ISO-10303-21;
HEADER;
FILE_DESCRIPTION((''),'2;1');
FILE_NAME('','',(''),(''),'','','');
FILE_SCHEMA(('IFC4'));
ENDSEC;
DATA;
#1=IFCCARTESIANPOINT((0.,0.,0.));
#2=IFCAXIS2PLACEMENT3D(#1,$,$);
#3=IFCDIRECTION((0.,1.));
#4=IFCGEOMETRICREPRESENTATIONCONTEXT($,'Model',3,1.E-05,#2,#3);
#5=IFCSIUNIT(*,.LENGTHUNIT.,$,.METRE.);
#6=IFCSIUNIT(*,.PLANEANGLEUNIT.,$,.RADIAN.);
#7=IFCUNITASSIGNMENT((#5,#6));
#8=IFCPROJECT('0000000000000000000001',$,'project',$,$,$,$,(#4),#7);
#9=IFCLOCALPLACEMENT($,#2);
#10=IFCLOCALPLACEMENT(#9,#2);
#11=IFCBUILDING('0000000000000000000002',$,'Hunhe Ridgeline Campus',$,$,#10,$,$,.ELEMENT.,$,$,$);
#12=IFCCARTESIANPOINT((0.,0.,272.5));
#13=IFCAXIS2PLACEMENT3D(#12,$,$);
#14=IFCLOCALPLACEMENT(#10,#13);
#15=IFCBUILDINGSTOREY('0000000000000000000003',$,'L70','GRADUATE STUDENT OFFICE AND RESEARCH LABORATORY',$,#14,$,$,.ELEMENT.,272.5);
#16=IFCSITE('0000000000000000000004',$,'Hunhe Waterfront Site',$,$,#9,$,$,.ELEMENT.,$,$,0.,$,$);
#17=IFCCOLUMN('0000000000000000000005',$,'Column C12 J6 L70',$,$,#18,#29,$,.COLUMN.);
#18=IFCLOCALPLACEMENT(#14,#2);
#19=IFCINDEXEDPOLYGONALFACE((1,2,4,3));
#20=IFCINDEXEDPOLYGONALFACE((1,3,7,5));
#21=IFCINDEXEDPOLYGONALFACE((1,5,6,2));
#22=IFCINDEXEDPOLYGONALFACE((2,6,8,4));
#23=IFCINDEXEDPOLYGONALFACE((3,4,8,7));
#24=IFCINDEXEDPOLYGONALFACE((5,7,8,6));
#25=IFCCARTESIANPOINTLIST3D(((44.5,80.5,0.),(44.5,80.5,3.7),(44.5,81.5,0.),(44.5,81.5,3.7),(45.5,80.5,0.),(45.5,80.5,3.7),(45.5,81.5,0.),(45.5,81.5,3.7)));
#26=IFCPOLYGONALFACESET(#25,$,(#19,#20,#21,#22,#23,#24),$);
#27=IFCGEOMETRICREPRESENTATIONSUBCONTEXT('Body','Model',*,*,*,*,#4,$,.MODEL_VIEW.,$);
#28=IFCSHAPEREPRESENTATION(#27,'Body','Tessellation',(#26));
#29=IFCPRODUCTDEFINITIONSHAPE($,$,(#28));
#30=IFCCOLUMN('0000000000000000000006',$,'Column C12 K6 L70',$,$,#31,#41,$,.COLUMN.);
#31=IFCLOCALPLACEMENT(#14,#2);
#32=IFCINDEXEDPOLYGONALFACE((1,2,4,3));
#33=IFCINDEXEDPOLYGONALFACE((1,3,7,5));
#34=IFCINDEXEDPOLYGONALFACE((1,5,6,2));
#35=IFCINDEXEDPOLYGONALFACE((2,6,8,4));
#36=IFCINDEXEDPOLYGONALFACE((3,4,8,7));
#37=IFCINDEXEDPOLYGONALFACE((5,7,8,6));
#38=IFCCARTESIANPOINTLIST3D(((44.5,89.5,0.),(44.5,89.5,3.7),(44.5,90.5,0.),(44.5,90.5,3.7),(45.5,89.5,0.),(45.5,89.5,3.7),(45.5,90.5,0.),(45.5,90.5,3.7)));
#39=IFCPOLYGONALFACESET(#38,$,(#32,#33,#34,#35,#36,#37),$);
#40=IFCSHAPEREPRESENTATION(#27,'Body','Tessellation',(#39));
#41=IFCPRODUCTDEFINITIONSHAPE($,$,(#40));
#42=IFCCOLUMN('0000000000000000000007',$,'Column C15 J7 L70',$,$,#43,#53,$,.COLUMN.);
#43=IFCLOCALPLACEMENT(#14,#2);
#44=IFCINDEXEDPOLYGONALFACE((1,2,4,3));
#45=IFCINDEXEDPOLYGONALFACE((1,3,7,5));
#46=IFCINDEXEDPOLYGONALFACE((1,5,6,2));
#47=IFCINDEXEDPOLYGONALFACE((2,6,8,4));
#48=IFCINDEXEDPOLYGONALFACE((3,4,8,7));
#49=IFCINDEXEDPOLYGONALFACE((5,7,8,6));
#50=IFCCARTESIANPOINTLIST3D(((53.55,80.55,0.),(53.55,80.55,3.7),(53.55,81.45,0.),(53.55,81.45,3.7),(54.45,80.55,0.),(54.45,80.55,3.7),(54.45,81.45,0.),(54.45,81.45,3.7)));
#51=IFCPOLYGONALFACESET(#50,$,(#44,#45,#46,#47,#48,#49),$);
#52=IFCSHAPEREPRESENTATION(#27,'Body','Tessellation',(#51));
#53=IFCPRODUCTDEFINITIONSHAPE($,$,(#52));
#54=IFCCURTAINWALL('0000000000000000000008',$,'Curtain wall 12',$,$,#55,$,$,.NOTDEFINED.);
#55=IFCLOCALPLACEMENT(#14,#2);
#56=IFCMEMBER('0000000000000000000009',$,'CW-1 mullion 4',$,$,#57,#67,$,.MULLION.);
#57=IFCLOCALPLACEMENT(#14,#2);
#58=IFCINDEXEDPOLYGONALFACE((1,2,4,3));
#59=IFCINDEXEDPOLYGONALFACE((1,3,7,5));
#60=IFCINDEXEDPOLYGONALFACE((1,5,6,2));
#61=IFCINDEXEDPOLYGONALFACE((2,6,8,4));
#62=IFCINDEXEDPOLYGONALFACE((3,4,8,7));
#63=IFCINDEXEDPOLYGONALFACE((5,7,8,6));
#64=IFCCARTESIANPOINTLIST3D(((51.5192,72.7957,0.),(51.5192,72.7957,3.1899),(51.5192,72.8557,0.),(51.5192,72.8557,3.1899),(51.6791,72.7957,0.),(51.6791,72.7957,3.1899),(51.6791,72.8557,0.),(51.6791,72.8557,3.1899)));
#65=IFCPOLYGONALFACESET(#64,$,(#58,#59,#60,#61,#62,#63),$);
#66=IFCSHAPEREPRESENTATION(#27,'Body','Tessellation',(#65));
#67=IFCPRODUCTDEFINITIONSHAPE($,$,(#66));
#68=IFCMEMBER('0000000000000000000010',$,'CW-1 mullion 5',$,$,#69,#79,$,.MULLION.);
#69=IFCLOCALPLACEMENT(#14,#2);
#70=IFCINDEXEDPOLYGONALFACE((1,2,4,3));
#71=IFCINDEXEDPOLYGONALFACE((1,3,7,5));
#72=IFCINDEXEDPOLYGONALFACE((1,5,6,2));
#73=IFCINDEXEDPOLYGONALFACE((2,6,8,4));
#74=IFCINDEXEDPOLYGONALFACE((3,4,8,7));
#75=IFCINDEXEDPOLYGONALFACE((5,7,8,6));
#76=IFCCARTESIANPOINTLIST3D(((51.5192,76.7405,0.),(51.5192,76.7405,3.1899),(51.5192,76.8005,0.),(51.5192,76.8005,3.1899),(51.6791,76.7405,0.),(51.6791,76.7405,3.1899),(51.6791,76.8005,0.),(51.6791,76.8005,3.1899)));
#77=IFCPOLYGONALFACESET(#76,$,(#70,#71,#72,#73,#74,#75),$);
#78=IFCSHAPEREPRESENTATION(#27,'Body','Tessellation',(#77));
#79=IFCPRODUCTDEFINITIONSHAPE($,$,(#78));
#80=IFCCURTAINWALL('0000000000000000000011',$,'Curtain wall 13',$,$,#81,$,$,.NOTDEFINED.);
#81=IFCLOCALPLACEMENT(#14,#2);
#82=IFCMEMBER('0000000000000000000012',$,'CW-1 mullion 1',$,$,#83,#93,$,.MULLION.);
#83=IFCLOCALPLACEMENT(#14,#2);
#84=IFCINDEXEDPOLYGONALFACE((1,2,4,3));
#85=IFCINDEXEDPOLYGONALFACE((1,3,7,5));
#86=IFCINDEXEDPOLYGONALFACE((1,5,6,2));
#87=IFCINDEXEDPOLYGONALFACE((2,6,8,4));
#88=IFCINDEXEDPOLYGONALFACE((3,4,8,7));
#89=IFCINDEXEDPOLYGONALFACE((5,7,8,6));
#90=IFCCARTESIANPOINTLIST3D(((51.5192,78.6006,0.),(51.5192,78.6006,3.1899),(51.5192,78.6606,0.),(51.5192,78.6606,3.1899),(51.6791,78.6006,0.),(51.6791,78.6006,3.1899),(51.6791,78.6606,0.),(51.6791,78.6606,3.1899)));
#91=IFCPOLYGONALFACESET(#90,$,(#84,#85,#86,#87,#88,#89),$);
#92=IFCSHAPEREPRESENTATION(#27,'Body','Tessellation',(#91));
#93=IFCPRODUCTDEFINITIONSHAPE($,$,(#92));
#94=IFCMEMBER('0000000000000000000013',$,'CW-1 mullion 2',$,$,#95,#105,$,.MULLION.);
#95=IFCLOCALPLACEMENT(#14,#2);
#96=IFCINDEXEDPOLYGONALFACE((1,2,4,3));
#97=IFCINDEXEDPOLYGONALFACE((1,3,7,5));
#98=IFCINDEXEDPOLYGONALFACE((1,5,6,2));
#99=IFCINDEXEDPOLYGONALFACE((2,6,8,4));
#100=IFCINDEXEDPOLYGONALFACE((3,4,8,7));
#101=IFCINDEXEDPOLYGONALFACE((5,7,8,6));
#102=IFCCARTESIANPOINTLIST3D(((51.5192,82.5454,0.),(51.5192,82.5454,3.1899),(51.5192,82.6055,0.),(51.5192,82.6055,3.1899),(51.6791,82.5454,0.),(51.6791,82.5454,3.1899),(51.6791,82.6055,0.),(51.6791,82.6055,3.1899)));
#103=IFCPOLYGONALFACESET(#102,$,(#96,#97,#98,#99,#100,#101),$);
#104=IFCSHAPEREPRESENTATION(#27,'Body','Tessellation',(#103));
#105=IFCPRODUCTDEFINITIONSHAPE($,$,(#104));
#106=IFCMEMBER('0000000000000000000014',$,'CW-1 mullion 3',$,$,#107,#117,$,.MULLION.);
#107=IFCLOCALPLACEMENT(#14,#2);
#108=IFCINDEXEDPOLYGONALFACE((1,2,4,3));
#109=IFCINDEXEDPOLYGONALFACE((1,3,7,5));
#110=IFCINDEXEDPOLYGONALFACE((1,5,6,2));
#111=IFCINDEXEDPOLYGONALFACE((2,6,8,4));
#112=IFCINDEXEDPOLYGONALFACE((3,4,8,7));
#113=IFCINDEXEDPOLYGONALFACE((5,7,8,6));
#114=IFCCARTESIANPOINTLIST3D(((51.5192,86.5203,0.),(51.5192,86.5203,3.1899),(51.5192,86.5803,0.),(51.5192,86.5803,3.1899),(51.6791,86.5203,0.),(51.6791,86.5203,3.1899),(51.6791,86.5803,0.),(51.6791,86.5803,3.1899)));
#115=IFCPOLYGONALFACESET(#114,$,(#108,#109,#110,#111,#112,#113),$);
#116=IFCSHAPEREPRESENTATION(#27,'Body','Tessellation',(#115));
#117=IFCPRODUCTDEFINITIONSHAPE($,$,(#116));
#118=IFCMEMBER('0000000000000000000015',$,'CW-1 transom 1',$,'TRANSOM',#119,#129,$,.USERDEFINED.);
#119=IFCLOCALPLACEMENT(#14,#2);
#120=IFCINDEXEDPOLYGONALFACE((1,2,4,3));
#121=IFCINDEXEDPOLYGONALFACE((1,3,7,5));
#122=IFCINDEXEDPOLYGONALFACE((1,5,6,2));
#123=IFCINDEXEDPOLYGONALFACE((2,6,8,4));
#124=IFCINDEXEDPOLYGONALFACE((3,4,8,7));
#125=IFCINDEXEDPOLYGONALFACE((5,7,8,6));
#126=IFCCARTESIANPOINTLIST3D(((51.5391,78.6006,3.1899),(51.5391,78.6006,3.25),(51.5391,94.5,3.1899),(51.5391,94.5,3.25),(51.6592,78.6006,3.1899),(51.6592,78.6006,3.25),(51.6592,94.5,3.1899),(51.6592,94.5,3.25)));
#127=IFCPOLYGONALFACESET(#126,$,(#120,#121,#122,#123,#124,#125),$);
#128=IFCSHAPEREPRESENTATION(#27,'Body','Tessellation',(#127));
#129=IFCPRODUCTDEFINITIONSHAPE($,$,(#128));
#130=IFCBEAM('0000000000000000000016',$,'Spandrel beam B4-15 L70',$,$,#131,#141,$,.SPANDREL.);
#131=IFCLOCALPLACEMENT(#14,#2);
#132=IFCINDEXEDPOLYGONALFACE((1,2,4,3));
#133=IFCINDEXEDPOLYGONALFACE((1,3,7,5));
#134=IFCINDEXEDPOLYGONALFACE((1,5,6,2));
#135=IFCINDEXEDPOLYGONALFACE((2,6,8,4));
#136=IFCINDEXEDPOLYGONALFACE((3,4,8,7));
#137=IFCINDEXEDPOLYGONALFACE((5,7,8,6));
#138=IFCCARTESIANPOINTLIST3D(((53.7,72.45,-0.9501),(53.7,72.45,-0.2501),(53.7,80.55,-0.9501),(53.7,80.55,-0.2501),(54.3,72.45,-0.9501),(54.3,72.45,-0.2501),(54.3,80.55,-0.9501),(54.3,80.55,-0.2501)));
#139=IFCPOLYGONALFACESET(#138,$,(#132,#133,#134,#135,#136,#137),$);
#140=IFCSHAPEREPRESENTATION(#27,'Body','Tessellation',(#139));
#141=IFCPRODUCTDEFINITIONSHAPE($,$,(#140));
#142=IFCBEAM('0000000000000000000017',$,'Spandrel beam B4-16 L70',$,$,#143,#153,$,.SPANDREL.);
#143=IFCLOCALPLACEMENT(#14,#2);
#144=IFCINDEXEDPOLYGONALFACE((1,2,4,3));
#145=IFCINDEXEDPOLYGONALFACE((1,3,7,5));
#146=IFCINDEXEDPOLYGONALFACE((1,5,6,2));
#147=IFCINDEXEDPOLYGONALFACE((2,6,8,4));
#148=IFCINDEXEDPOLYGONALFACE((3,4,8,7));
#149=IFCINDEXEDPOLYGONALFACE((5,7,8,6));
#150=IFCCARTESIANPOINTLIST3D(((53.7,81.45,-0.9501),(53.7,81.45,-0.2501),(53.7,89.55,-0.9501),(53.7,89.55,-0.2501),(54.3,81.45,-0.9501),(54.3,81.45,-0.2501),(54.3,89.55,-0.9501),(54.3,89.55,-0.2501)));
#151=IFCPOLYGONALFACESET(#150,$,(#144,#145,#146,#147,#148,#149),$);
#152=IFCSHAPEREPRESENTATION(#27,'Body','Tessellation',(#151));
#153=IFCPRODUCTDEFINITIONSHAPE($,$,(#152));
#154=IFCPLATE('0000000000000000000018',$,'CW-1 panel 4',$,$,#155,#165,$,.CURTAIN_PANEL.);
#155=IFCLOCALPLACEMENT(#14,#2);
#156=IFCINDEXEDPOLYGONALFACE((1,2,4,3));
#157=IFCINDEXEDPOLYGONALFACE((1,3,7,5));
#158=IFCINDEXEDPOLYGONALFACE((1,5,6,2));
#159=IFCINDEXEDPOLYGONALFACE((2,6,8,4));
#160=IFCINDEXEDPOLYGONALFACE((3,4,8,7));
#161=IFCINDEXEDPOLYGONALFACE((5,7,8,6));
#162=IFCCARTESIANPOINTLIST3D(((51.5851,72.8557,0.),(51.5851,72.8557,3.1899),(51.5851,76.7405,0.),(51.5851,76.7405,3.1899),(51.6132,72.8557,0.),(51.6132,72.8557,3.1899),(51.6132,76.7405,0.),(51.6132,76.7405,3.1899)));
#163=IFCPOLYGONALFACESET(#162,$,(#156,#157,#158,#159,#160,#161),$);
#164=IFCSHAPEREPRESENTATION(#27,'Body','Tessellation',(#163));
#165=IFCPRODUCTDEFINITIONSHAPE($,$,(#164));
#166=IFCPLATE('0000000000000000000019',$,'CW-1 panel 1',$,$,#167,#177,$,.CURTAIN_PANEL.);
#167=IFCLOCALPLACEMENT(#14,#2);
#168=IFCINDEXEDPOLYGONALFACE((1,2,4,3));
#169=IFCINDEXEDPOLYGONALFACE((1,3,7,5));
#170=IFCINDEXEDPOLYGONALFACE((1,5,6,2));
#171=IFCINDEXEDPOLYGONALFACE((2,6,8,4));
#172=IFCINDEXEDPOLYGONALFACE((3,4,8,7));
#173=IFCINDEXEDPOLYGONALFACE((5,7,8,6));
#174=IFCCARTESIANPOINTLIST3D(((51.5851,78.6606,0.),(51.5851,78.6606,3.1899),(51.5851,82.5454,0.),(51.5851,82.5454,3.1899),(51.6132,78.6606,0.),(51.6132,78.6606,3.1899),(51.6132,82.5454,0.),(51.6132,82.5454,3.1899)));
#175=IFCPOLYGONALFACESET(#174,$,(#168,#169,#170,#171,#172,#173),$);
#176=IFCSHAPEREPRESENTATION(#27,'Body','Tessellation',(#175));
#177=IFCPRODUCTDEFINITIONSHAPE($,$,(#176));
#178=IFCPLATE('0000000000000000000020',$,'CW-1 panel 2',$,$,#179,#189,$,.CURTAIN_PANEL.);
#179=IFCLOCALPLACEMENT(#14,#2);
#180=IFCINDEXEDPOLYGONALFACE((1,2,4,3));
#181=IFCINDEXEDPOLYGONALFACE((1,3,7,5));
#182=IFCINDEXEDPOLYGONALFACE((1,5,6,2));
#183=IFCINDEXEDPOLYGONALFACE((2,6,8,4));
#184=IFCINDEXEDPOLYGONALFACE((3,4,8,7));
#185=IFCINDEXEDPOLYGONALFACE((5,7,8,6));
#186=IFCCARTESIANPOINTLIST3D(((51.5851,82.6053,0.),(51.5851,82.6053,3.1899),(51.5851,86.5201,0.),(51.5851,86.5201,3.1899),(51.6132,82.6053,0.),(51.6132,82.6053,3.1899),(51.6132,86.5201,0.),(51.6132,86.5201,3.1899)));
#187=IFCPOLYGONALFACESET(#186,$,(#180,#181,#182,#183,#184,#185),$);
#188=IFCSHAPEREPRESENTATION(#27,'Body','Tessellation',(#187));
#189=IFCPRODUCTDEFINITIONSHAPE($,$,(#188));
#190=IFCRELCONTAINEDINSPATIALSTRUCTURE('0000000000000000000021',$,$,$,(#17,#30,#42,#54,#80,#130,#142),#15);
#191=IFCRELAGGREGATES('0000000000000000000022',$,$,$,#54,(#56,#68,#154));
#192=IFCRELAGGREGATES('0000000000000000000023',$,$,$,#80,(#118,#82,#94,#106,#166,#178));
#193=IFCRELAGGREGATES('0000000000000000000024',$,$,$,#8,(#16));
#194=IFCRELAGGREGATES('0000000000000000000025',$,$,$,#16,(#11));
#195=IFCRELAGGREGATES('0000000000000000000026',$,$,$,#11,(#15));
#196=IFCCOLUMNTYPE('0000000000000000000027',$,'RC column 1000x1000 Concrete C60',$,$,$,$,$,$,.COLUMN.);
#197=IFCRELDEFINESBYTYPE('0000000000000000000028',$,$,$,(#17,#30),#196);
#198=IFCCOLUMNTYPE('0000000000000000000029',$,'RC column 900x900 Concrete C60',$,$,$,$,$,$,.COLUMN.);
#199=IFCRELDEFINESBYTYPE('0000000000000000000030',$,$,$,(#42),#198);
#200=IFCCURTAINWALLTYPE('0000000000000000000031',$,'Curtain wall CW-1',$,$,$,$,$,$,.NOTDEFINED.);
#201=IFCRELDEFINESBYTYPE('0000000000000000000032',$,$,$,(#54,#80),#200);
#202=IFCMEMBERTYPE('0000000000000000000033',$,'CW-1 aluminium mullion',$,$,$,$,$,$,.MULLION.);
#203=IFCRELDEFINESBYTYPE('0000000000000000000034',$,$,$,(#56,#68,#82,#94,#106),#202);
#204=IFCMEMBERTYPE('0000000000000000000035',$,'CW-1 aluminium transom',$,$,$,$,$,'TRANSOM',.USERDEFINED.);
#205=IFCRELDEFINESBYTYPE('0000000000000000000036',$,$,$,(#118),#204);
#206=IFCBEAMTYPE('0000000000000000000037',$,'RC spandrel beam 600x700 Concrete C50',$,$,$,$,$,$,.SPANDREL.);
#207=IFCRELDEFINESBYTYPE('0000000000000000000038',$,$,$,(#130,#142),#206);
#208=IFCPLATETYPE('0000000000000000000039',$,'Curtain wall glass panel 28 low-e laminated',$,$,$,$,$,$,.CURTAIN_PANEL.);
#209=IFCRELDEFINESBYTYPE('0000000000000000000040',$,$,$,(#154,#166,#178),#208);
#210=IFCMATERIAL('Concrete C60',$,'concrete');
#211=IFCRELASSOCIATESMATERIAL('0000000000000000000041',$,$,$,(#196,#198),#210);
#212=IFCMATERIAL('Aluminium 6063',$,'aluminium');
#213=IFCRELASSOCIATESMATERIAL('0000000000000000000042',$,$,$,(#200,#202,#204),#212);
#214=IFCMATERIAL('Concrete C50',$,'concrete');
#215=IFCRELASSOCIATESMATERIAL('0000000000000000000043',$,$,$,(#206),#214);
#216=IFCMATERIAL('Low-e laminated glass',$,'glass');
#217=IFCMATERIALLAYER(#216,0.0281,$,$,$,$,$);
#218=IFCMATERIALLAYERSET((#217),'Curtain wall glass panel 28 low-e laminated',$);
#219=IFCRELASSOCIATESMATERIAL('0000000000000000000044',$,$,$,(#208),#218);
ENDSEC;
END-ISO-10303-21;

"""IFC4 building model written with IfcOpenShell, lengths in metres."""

from ifc_helpers import new_model, si_unit, direction, frame, origin, origin_2d, place, context, subcontext, project, spatial, rectangle, extrude, material, layer, layer_set, material_profile, profile_set, type_object, element, aggregate, save


model = new_model("IFC4")

# Units and contexts
model_context = context("Model", 3, precision=1e-05, world=origin(), true_north=direction((0.0, 1.0)))
body_context = subcontext(model_context, "Body", "Model", "MODEL_VIEW")
ifc_project = project(units=[si_unit("LENGTHUNIT", "METRE"), si_unit("PLANEANGLEUNIT", "RADIAN")], contexts=[model_context])

# Site, building, storey
site_placement = place(None, origin())
site = spatial("IfcSite", under=ifc_project, at=site_placement, Name="Hunhe Waterfront Site", CompositionType="ELEMENT", RefElevation=0.0)
building_placement = place(site_placement, origin())
building = spatial("IfcBuilding", under=site, at=building_placement, Name="Hunhe Ridgeline Campus", CompositionType="ELEMENT")
storey_placement = place(building_placement, frame((0.0, 0.0, 272.5)))
storey = spatial("IfcBuildingStorey", under=building, at=storey_placement, Name="L70", Description="GRADUATE STUDENT OFFICE AND RESEARCH LABORATORY", CompositionType="ELEMENT", Elevation=272.5)

# Columns
ifc_material_1 = material(Name="Concrete C60", Category="concrete")
ifc_material_profile_1 = material_profile(ifc_material_1, rectangle(XDim=1.0, YDim=1.0, at=origin_2d()))
ifc_profile_set_1 = profile_set([ifc_material_profile_1], Name="Concrete C60")
column_type_1 = type_object("IfcColumnType", Name="RC column 1000x1000 Concrete C60", PredefinedType="COLUMN", material=ifc_profile_set_1)
for number, where, z_axis, x_axis, name in (
    (1, (45.0, 81.0, 0.0), (0.0, 0.0, 1.0), (1.0, 0.0, 0.0), "Column C12 J6 L70"),
    (2, (45.0, 90.0, 0.0), (0.0, 0.0, 1.0), (1.0, 0.0, 0.0), "Column C12 K6 L70"),
):
    element("IfcColumn", number, at=place(storey_placement, frame(where, z_axis=z_axis, x_axis=x_axis)), inside=storey, type_object=column_type_1, Name=name, PredefinedType="COLUMN", context=body_context, shape_type="SweptSolid", body=[
        extrude(rectangle(XDim=1.0, YDim=1.0, at=origin_2d()), origin(), (0.0, 0.0, 1.0), 3.7),
    ])
ifc_material_profile_2 = material_profile(ifc_material_1, rectangle(XDim=0.8999, YDim=0.8999, at=origin_2d()))
ifc_profile_set_2 = profile_set([ifc_material_profile_2], Name="Concrete C60")
column_type_2 = type_object("IfcColumnType", Name="RC column 900x900 Concrete C60", PredefinedType="COLUMN", material=ifc_profile_set_2)
column_placement = place(storey_placement, frame((54.0, 81.0, 0.0), z_axis=(0.0, 0.0, 1.0), x_axis=(1.0, 0.0, 0.0)))
element("IfcColumn", 3, at=column_placement, inside=storey, type_object=column_type_2, Name="Column C15 J7 L70", PredefinedType="COLUMN", context=body_context, shape_type="SweptSolid", body=[
    extrude(rectangle(XDim=0.8999, YDim=0.8999, at=origin_2d()), origin(), (0.0, 0.0, 1.0), 3.7),
])

# Curtain walls, members
ifc_material_2 = material(Name="Aluminium 6063", Category="aluminium")
curtain_wall_type = type_object("IfcCurtainWallType", Name="Curtain wall CW-1", PredefinedType="NOTDEFINED", material=ifc_material_2)
curtain_wall_1_placement = place(storey_placement, origin())
curtain_wall_1 = element("IfcCurtainWall", 4, at=curtain_wall_1_placement, inside=storey, type_object=curtain_wall_type, Name="Curtain wall 12", PredefinedType="NOTDEFINED")
ifc_material_profile_3 = material_profile(ifc_material_2, rectangle(XDim=0.1599, YDim=0.0601, at=origin_2d()))
ifc_profile_set_3 = profile_set([ifc_material_profile_3], Name="Aluminium 6063")
member_type_1 = type_object("IfcMemberType", Name="CW-1 aluminium mullion", PredefinedType="MULLION", material=ifc_profile_set_3)
member_1_placement = place(storey_placement, frame((51.5991, 72.8257, 0.0), z_axis=(0.0, 0.0, 1.0), x_axis=(-1.0, 0.0, 0.0)))
member_1 = element("IfcMember", 5, at=member_1_placement, type_object=member_type_1, Name="CW-1 mullion 4", PredefinedType="MULLION", context=body_context, shape_type="SweptSolid", body=[
    extrude(rectangle(XDim=0.1599, YDim=0.0601, at=origin_2d()), origin(), (0.0, 0.0, 1.0), 3.1899),
])
member_2_placement = place(storey_placement, frame((51.5991, 76.7705, 0.0), z_axis=(0.0, 0.0, 1.0), x_axis=(-1.0, 0.0, 0.0)))
member_2 = element("IfcMember", 6, at=member_2_placement, type_object=member_type_1, Name="CW-1 mullion 5", PredefinedType="MULLION", context=body_context, shape_type="SweptSolid", body=[
    extrude(rectangle(XDim=0.1599, YDim=0.0601, at=origin_2d()), origin(), (0.0, 0.0, 1.0), 3.1899),
])
curtain_wall_2_placement = place(storey_placement, origin())
curtain_wall_2 = element("IfcCurtainWall", 7, at=curtain_wall_2_placement, inside=storey, type_object=curtain_wall_type, Name="Curtain wall 13", PredefinedType="NOTDEFINED")
member_3_placement = place(storey_placement, frame((51.5991, 78.6306, 0.0), z_axis=(0.0, 0.0, 1.0), x_axis=(-1.0, 0.0, 0.0)))
member_3 = element("IfcMember", 8, at=member_3_placement, type_object=member_type_1, Name="CW-1 mullion 1", PredefinedType="MULLION", context=body_context, shape_type="SweptSolid", body=[
    extrude(rectangle(XDim=0.1599, YDim=0.0601, at=origin_2d()), origin(), (0.0, 0.0, 1.0), 3.1899),
])
member_4_placement = place(storey_placement, frame((51.5991, 82.5754, 0.0), z_axis=(0.0, 0.0, 1.0), x_axis=(-1.0, 0.0, 0.0)))
member_4 = element("IfcMember", 9, at=member_4_placement, type_object=member_type_1, Name="CW-1 mullion 2", PredefinedType="MULLION", context=body_context, shape_type="SweptSolid", body=[
    extrude(rectangle(XDim=0.1599, YDim=0.0601, at=origin_2d()), origin(), (0.0, 0.0, 1.0), 3.1899),
])
member_5_placement = place(storey_placement, frame((51.5991, 86.5503, 0.0), z_axis=(0.0, 0.0, 1.0), x_axis=(-1.0, 0.0, 0.0)))
member_5 = element("IfcMember", 10, at=member_5_placement, type_object=member_type_1, Name="CW-1 mullion 3", PredefinedType="MULLION", context=body_context, shape_type="SweptSolid", body=[
    extrude(rectangle(XDim=0.1599, YDim=0.0601, at=origin_2d()), origin(), (0.0, 0.0, 1.0), 3.1899),
])
ifc_material_profile_4 = material_profile(ifc_material_2, rectangle(XDim=0.1201, YDim=0.0601, at=origin_2d()))
ifc_profile_set_4 = profile_set([ifc_material_profile_4], Name="Aluminium 6063")
member_type_2 = type_object("IfcMemberType", Name="CW-1 aluminium transom", ElementType="TRANSOM", PredefinedType="USERDEFINED", material=ifc_profile_set_4)
member_6_placement = place(storey_placement, frame((51.5991, 78.6006, 3.22), z_axis=(0.0, 1.0, 0.0), x_axis=(-1.0, 0.0, 0.0)))
member_6 = element("IfcMember", 11, at=member_6_placement, type_object=member_type_2, Name="CW-1 transom 1", ObjectType="TRANSOM", PredefinedType="USERDEFINED", context=body_context, shape_type="SweptSolid", body=[
    extrude(rectangle(XDim=0.1201, YDim=0.0601, at=origin_2d()), origin(), (0.0, 0.0, 1.0), 15.8994),
])

# Beams
ifc_material_3 = material(Name="Concrete C50", Category="concrete")
ifc_material_profile_5 = material_profile(ifc_material_3, rectangle(XDim=0.6001, YDim=0.7, at=origin_2d()))
ifc_profile_set_5 = profile_set([ifc_material_profile_5], Name="Concrete C50")
beam_type = type_object("IfcBeamType", Name="RC spandrel beam 600x700 Concrete C50", PredefinedType="SPANDREL", material=ifc_profile_set_5)
for number, where, z_axis, x_axis, name in (
    (12, (54.0, 72.45, -0.6001), (0.0, 1.0, 0.0), (-1.0, 0.0, 0.0), "Spandrel beam B4-15 L70"),
    (13, (54.0, 81.45, -0.6001), (0.0, 1.0, 0.0), (-1.0, 0.0, 0.0), "Spandrel beam B4-16 L70"),
):
    element("IfcBeam", number, at=place(storey_placement, frame(where, z_axis=z_axis, x_axis=x_axis)), inside=storey, type_object=beam_type, Name=name, PredefinedType="SPANDREL", context=body_context, shape_type="SweptSolid", body=[
        extrude(rectangle(XDim=0.6001, YDim=0.7, at=origin_2d()), origin(), (0.0, 0.0, 1.0), 8.1001),
    ])

# Plates
ifc_material_4 = material(Name="Low-e laminated glass", Category="glass")
ifc_layer_1 = layer(ifc_material_4, 0.0281)
ifc_layer_set_1 = layer_set([ifc_layer_1], Name="Curtain wall glass panel 28 low-e laminated")
plate_type = type_object("IfcPlateType", Name="Curtain wall glass panel 28 low-e laminated", PredefinedType="CURTAIN_PANEL", material=ifc_layer_set_1)
plate_1_placement = place(storey_placement, frame((51.5991, 74.7981, 0.0), z_axis=(0.0, 0.0, 1.0), x_axis=(0.0, 1.0, 0.0)))
plate_1 = element("IfcPlate", 14, at=plate_1_placement, type_object=plate_type, Name="CW-1 panel 4", PredefinedType="CURTAIN_PANEL", context=body_context, shape_type="SweptSolid", body=[
    extrude(rectangle(XDim=3.8848, YDim=0.0281, at=origin_2d()), origin(), (0.0, 0.0, 1.0), 3.1899),
])
aggregate(curtain_wall_1, [member_1, member_2, plate_1])
plate_2_placement = place(storey_placement, frame((51.5991, 80.603, 0.0), z_axis=(0.0, 0.0, 1.0), x_axis=(0.0, 1.0, 0.0)))
plate_2 = element("IfcPlate", 15, at=plate_2_placement, type_object=plate_type, Name="CW-1 panel 1", PredefinedType="CURTAIN_PANEL", context=body_context, shape_type="SweptSolid", body=[
    extrude(rectangle(XDim=3.8848, YDim=0.0281, at=origin_2d()), origin(), (0.0, 0.0, 1.0), 3.1899),
])
plate_3_placement = place(storey_placement, frame((51.5991, 84.5627, 0.0), z_axis=(0.0, 0.0, 1.0), x_axis=(0.0, 1.0, 0.0)))
plate_3 = element("IfcPlate", 16, at=plate_3_placement, type_object=plate_type, Name="CW-1 panel 2", PredefinedType="CURTAIN_PANEL", context=body_context, shape_type="SweptSolid", body=[
    extrude(rectangle(XDim=3.9148, YDim=0.0281, at=origin_2d()), origin(), (0.0, 0.0, 1.0), 3.1899),
])
aggregate(curtain_wall_2, [member_6, member_3, member_4, member_5, plate_2, plate_3])

save(model, "model.ifc")
